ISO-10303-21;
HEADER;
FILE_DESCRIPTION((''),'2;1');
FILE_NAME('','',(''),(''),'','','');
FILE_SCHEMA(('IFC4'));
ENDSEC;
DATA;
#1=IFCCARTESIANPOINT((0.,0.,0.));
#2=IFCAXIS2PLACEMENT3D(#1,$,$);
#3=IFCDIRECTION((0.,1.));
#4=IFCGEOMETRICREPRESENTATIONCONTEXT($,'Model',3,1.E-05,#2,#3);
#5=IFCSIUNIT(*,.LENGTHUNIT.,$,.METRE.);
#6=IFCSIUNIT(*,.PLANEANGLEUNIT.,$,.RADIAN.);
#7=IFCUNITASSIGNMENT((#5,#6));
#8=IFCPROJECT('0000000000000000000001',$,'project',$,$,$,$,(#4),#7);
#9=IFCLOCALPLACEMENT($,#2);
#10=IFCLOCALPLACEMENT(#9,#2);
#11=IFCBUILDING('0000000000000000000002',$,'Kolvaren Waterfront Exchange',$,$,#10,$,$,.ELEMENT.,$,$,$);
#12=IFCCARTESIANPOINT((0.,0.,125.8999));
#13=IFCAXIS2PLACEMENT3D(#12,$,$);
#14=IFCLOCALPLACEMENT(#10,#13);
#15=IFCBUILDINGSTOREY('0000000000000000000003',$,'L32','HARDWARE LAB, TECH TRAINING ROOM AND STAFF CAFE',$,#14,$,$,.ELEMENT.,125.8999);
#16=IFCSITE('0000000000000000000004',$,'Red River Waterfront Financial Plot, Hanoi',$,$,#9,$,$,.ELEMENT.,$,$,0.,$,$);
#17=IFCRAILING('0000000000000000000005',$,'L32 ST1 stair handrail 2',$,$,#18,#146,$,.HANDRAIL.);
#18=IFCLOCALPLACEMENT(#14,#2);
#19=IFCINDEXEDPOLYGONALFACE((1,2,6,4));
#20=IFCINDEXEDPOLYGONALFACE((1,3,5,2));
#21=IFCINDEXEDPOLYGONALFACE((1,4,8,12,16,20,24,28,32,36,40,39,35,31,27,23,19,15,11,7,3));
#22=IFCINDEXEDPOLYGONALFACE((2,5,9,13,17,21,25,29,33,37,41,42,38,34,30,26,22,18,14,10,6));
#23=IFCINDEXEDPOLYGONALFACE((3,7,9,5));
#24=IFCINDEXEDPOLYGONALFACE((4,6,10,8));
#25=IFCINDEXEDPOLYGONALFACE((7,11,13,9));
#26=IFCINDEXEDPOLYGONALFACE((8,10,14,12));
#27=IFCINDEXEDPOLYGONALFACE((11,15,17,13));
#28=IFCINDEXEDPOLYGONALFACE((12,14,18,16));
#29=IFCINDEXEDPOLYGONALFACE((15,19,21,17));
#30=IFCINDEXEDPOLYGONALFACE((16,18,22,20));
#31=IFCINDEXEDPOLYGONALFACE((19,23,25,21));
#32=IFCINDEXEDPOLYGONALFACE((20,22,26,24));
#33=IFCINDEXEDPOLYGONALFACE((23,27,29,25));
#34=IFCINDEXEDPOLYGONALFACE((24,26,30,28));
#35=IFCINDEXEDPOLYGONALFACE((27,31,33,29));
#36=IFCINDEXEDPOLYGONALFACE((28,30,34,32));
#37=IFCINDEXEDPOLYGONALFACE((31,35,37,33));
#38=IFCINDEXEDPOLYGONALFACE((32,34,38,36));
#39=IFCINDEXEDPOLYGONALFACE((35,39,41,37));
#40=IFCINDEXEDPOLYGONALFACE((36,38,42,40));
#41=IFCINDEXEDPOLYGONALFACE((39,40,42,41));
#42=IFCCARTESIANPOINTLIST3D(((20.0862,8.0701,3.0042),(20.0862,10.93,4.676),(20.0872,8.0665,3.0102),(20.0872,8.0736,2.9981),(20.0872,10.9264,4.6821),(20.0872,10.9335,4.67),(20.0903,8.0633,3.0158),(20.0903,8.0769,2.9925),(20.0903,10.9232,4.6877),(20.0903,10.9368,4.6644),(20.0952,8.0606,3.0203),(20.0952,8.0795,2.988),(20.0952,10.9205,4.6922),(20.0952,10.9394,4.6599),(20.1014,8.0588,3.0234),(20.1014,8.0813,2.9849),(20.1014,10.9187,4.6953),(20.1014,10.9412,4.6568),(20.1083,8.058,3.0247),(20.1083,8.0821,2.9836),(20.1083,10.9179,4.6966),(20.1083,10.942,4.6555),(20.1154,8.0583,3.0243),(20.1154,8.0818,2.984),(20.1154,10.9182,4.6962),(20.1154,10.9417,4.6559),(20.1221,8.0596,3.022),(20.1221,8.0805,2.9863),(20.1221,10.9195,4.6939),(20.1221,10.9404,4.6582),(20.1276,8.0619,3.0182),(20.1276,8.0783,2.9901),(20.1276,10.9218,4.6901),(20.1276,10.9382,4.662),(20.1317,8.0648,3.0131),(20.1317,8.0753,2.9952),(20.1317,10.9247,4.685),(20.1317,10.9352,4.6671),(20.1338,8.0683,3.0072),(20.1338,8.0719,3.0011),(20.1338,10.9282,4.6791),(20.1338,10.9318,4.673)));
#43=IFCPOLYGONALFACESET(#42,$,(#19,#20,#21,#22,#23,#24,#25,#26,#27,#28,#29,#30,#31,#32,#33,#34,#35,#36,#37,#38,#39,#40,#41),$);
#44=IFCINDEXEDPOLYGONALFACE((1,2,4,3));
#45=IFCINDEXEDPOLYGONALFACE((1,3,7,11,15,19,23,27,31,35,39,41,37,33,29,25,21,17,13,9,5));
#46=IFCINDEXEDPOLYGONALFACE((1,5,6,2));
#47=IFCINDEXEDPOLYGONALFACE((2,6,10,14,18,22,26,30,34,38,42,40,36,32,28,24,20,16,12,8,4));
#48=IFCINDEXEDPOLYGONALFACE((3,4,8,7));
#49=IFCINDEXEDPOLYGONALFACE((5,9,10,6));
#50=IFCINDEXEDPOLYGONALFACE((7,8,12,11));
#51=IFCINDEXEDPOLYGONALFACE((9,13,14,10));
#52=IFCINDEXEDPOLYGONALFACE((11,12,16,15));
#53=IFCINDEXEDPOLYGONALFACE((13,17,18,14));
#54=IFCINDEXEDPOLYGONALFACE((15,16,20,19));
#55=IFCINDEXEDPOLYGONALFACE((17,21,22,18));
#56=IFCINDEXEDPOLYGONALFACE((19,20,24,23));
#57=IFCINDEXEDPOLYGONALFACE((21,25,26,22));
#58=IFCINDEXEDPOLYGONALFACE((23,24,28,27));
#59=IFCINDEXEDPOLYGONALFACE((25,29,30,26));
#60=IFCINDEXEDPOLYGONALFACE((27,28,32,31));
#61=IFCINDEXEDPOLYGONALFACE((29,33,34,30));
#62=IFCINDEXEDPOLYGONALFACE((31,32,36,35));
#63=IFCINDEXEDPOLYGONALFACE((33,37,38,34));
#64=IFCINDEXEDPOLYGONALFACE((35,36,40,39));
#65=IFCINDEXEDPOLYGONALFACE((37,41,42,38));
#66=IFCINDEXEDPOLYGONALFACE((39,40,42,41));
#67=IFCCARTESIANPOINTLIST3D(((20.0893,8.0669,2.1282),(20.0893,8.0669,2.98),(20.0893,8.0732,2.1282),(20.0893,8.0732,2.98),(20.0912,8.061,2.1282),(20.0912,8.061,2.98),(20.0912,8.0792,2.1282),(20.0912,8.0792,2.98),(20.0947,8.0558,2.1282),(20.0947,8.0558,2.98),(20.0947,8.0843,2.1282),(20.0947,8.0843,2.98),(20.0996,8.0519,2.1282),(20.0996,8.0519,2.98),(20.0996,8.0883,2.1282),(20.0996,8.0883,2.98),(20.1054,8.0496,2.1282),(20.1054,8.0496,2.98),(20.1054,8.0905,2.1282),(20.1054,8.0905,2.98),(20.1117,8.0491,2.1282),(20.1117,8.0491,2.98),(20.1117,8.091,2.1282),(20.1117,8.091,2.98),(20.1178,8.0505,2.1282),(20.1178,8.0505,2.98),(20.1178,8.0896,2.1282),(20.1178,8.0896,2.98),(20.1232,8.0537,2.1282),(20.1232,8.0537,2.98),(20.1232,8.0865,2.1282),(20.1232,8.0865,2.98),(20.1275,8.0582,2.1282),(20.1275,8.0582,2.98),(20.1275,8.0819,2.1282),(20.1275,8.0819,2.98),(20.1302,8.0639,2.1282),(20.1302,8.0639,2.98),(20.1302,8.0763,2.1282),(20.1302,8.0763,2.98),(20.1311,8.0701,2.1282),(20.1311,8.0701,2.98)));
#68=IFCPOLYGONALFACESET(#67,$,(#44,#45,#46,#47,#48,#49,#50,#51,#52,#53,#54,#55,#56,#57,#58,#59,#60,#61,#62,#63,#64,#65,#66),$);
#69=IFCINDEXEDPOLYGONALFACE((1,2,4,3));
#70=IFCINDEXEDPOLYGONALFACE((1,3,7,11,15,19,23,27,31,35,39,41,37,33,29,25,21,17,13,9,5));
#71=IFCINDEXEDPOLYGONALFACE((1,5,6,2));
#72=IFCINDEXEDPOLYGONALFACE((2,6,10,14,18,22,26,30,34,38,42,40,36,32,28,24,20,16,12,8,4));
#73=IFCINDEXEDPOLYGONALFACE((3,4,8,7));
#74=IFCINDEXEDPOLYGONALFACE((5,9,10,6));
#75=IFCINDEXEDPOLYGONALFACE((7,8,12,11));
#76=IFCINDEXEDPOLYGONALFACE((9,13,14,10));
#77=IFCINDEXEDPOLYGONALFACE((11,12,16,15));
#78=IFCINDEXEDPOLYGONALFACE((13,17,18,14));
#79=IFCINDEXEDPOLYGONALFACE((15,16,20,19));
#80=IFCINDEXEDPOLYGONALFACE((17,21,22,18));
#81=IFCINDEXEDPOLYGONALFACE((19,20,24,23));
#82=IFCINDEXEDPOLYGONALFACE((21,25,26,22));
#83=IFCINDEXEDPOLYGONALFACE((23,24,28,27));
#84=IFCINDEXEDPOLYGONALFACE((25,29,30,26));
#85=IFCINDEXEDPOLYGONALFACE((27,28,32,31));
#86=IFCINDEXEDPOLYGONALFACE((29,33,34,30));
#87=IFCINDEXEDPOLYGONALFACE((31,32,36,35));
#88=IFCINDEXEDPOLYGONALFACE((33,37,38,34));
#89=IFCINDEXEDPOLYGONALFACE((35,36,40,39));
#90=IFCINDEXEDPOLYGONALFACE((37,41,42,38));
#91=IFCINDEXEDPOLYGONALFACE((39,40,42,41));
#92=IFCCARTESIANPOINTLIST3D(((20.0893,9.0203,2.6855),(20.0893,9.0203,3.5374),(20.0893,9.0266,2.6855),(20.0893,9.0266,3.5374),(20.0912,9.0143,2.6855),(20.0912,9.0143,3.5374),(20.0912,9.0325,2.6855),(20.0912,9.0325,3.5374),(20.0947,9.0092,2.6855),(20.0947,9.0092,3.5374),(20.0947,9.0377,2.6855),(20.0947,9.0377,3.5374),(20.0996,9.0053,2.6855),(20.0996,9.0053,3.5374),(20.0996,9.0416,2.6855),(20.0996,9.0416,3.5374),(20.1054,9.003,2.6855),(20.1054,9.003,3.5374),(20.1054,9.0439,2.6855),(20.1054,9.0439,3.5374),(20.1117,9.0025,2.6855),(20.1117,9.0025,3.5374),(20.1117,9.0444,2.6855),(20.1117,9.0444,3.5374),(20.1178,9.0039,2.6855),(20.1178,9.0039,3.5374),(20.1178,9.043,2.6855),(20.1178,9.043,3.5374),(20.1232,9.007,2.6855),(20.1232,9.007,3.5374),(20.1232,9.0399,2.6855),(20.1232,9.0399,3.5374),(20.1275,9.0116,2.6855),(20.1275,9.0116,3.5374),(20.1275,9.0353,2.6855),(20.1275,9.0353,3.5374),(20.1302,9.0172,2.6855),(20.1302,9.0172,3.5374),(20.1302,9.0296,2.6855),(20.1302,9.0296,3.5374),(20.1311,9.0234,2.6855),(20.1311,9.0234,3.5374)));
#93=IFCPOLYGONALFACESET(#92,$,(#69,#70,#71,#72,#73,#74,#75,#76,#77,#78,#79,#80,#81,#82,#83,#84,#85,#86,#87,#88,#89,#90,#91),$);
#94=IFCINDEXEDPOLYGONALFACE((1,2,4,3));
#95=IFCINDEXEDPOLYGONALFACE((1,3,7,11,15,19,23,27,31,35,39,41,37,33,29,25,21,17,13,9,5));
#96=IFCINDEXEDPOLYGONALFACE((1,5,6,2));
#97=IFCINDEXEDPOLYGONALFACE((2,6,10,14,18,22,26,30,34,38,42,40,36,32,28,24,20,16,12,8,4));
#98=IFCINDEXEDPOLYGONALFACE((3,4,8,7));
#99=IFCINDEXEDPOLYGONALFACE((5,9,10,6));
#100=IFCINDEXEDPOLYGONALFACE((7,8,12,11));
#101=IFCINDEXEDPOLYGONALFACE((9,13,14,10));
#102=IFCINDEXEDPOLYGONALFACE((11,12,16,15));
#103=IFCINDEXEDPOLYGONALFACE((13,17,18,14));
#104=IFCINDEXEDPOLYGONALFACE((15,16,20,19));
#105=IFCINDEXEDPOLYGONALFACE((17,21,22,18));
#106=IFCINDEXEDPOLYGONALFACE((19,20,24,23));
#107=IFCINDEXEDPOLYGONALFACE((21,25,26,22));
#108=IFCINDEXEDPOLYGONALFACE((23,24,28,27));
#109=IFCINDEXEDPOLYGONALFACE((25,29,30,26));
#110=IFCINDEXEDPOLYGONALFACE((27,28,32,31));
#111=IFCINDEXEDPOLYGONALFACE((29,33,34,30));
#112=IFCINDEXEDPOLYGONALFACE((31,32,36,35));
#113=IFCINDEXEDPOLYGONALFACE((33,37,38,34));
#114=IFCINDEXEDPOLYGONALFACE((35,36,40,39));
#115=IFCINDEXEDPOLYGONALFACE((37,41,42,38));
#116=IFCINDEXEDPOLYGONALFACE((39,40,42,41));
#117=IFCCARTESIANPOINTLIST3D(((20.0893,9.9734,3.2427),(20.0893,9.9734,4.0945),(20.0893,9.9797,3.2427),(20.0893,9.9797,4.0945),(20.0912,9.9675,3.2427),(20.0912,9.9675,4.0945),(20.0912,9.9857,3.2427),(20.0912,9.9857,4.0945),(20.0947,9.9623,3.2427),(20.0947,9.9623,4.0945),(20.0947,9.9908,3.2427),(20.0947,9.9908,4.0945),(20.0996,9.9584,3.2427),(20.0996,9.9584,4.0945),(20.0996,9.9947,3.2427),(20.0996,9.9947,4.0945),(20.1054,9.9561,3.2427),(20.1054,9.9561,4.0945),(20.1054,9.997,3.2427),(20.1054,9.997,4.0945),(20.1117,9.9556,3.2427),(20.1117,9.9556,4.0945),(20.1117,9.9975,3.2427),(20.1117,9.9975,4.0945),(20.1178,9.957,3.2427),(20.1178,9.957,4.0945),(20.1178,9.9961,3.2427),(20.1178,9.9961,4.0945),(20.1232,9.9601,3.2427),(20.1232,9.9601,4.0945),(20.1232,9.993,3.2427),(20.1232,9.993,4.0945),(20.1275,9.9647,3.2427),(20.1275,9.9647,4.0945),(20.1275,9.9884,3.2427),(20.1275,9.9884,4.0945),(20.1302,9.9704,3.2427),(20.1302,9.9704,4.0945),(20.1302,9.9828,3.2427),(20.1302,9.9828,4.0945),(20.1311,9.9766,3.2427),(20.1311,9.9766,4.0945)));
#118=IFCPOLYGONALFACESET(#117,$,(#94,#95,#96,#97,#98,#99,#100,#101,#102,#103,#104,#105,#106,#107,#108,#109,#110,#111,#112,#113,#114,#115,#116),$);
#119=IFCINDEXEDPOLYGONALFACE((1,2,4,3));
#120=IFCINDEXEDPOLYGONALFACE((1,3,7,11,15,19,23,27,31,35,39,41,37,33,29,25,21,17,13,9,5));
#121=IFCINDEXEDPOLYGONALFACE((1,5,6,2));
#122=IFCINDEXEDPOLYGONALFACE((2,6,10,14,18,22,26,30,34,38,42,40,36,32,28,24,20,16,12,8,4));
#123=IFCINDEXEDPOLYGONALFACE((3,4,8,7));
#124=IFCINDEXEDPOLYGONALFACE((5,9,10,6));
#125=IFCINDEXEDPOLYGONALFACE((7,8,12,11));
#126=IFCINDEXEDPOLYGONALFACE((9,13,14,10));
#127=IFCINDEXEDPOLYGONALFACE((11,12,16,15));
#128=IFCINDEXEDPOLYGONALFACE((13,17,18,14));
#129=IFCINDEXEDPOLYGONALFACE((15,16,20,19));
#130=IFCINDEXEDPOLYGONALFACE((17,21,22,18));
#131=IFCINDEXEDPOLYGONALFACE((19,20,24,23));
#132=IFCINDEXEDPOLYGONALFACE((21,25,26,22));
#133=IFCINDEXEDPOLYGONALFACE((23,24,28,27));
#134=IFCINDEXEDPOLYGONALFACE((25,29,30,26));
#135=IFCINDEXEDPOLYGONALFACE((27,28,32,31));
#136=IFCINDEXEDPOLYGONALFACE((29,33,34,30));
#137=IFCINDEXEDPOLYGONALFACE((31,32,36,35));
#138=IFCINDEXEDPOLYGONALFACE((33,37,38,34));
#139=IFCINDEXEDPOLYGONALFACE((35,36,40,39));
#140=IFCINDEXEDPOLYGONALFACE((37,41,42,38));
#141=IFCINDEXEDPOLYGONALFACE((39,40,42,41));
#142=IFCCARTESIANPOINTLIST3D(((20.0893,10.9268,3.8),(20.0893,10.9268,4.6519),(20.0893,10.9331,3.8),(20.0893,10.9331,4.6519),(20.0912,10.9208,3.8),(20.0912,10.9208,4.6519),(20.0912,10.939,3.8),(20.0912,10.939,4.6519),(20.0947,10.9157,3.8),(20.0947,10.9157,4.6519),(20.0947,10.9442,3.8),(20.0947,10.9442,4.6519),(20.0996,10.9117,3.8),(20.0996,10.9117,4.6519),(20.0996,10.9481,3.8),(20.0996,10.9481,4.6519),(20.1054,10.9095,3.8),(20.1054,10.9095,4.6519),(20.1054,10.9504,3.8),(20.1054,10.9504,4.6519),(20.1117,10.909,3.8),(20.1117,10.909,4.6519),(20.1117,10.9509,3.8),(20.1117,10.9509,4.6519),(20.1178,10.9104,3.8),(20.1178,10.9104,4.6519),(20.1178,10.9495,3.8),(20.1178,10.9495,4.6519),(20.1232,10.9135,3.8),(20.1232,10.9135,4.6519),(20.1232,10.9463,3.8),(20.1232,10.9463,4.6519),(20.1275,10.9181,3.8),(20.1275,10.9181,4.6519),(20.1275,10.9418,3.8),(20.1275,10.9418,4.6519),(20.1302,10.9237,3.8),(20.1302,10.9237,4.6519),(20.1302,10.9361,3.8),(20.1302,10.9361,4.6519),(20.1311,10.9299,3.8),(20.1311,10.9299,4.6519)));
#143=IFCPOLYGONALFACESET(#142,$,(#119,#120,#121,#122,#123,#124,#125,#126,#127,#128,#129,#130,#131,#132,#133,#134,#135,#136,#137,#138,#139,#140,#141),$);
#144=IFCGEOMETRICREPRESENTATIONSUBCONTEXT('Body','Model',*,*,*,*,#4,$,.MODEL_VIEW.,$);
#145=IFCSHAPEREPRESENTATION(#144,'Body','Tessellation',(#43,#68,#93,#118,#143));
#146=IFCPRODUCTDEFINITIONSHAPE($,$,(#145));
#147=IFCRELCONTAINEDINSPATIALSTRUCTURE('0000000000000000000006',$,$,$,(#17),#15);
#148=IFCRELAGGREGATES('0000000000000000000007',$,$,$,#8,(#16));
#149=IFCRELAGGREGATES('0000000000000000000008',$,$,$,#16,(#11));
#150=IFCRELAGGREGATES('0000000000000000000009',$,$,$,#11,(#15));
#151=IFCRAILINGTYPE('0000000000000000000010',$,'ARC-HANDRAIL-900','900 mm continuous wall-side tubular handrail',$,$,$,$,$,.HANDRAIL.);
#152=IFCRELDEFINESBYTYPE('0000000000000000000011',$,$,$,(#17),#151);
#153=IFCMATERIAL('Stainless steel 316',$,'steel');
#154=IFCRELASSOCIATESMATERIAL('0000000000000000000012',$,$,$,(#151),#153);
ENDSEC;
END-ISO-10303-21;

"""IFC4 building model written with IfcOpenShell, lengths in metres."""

from ifc_helpers import new_model, si_unit, direction, frame, origin, origin_2d, place, context, subcontext, project, spatial, circle, extrude, material, type_object, element, save


model = new_model("IFC4")

# Units and contexts
model_context = context("Model", 3, precision=1e-05, world=origin(), true_north=direction((0.0, 1.0)))
body_context = subcontext(model_context, "Body", "Model", "MODEL_VIEW")
ifc_project = project(units=[si_unit("LENGTHUNIT", "METRE"), si_unit("PLANEANGLEUNIT", "RADIAN")], contexts=[model_context])

# Site, building, storey
site_placement = place(None, origin())
site = spatial("IfcSite", under=ifc_project, at=site_placement, Name="Red River Waterfront Financial Plot, Hanoi", CompositionType="ELEMENT", RefElevation=0.0)
building_placement = place(site_placement, origin())
building = spatial("IfcBuilding", under=site, at=building_placement, Name="Kolvaren Waterfront Exchange", CompositionType="ELEMENT")
storey_placement = place(building_placement, frame((0.0, 0.0, 125.8999)))
storey = spatial("IfcBuildingStorey", under=building, at=storey_placement, Name="L32", Description="HARDWARE LAB, TECH TRAINING ROOM AND STAFF CAFE", CompositionType="ELEMENT", Elevation=125.8999)

# Railing
ifc_material_1 = material(Name="Stainless steel 316", Category="steel")
railing_type_1 = type_object("IfcRailingType", Name="ARC-HANDRAIL-900", Description="900 mm continuous wall-side tubular handrail", PredefinedType="HANDRAIL", material=ifc_material_1)
railing_1_placement = place(storey_placement, frame((20.1101, 8.0701, 2.1282)))
element("IfcRailing", 1, at=railing_1_placement, inside=storey, type_object=railing_type_1, Name="L32 ST1 stair handrail 2", PredefinedType="HANDRAIL", context=body_context, shape_type="SweptSolid", body=[
    extrude(circle(Radius=0.0239, at=origin_2d()), frame((0.0, 0.0, 0.876), z_axis=(0.0, 0.863303, 0.504686), x_axis=(-1.0, 0.0, 0.0)), (0.0, 0.0, 1.0), 3.3127),
    extrude(circle(Radius=0.021, at=origin_2d()), origin(), (0.0, 0.0, 1.0), 0.8518),
    extrude(circle(Radius=0.021, at=origin_2d()), frame((0.0, 0.9534, 0.5574)), (0.0, 0.0, 1.0), 0.8518),
    extrude(circle(Radius=0.021, at=origin_2d()), frame((0.0, 1.9065, 1.1145)), (0.0, 0.0, 1.0), 0.8518),
    extrude(circle(Radius=0.021, at=origin_2d()), frame((0.0, 2.8599, 1.6719)), (0.0, 0.0, 1.0), 0.8518),
])

save(model, "model.ifc")
